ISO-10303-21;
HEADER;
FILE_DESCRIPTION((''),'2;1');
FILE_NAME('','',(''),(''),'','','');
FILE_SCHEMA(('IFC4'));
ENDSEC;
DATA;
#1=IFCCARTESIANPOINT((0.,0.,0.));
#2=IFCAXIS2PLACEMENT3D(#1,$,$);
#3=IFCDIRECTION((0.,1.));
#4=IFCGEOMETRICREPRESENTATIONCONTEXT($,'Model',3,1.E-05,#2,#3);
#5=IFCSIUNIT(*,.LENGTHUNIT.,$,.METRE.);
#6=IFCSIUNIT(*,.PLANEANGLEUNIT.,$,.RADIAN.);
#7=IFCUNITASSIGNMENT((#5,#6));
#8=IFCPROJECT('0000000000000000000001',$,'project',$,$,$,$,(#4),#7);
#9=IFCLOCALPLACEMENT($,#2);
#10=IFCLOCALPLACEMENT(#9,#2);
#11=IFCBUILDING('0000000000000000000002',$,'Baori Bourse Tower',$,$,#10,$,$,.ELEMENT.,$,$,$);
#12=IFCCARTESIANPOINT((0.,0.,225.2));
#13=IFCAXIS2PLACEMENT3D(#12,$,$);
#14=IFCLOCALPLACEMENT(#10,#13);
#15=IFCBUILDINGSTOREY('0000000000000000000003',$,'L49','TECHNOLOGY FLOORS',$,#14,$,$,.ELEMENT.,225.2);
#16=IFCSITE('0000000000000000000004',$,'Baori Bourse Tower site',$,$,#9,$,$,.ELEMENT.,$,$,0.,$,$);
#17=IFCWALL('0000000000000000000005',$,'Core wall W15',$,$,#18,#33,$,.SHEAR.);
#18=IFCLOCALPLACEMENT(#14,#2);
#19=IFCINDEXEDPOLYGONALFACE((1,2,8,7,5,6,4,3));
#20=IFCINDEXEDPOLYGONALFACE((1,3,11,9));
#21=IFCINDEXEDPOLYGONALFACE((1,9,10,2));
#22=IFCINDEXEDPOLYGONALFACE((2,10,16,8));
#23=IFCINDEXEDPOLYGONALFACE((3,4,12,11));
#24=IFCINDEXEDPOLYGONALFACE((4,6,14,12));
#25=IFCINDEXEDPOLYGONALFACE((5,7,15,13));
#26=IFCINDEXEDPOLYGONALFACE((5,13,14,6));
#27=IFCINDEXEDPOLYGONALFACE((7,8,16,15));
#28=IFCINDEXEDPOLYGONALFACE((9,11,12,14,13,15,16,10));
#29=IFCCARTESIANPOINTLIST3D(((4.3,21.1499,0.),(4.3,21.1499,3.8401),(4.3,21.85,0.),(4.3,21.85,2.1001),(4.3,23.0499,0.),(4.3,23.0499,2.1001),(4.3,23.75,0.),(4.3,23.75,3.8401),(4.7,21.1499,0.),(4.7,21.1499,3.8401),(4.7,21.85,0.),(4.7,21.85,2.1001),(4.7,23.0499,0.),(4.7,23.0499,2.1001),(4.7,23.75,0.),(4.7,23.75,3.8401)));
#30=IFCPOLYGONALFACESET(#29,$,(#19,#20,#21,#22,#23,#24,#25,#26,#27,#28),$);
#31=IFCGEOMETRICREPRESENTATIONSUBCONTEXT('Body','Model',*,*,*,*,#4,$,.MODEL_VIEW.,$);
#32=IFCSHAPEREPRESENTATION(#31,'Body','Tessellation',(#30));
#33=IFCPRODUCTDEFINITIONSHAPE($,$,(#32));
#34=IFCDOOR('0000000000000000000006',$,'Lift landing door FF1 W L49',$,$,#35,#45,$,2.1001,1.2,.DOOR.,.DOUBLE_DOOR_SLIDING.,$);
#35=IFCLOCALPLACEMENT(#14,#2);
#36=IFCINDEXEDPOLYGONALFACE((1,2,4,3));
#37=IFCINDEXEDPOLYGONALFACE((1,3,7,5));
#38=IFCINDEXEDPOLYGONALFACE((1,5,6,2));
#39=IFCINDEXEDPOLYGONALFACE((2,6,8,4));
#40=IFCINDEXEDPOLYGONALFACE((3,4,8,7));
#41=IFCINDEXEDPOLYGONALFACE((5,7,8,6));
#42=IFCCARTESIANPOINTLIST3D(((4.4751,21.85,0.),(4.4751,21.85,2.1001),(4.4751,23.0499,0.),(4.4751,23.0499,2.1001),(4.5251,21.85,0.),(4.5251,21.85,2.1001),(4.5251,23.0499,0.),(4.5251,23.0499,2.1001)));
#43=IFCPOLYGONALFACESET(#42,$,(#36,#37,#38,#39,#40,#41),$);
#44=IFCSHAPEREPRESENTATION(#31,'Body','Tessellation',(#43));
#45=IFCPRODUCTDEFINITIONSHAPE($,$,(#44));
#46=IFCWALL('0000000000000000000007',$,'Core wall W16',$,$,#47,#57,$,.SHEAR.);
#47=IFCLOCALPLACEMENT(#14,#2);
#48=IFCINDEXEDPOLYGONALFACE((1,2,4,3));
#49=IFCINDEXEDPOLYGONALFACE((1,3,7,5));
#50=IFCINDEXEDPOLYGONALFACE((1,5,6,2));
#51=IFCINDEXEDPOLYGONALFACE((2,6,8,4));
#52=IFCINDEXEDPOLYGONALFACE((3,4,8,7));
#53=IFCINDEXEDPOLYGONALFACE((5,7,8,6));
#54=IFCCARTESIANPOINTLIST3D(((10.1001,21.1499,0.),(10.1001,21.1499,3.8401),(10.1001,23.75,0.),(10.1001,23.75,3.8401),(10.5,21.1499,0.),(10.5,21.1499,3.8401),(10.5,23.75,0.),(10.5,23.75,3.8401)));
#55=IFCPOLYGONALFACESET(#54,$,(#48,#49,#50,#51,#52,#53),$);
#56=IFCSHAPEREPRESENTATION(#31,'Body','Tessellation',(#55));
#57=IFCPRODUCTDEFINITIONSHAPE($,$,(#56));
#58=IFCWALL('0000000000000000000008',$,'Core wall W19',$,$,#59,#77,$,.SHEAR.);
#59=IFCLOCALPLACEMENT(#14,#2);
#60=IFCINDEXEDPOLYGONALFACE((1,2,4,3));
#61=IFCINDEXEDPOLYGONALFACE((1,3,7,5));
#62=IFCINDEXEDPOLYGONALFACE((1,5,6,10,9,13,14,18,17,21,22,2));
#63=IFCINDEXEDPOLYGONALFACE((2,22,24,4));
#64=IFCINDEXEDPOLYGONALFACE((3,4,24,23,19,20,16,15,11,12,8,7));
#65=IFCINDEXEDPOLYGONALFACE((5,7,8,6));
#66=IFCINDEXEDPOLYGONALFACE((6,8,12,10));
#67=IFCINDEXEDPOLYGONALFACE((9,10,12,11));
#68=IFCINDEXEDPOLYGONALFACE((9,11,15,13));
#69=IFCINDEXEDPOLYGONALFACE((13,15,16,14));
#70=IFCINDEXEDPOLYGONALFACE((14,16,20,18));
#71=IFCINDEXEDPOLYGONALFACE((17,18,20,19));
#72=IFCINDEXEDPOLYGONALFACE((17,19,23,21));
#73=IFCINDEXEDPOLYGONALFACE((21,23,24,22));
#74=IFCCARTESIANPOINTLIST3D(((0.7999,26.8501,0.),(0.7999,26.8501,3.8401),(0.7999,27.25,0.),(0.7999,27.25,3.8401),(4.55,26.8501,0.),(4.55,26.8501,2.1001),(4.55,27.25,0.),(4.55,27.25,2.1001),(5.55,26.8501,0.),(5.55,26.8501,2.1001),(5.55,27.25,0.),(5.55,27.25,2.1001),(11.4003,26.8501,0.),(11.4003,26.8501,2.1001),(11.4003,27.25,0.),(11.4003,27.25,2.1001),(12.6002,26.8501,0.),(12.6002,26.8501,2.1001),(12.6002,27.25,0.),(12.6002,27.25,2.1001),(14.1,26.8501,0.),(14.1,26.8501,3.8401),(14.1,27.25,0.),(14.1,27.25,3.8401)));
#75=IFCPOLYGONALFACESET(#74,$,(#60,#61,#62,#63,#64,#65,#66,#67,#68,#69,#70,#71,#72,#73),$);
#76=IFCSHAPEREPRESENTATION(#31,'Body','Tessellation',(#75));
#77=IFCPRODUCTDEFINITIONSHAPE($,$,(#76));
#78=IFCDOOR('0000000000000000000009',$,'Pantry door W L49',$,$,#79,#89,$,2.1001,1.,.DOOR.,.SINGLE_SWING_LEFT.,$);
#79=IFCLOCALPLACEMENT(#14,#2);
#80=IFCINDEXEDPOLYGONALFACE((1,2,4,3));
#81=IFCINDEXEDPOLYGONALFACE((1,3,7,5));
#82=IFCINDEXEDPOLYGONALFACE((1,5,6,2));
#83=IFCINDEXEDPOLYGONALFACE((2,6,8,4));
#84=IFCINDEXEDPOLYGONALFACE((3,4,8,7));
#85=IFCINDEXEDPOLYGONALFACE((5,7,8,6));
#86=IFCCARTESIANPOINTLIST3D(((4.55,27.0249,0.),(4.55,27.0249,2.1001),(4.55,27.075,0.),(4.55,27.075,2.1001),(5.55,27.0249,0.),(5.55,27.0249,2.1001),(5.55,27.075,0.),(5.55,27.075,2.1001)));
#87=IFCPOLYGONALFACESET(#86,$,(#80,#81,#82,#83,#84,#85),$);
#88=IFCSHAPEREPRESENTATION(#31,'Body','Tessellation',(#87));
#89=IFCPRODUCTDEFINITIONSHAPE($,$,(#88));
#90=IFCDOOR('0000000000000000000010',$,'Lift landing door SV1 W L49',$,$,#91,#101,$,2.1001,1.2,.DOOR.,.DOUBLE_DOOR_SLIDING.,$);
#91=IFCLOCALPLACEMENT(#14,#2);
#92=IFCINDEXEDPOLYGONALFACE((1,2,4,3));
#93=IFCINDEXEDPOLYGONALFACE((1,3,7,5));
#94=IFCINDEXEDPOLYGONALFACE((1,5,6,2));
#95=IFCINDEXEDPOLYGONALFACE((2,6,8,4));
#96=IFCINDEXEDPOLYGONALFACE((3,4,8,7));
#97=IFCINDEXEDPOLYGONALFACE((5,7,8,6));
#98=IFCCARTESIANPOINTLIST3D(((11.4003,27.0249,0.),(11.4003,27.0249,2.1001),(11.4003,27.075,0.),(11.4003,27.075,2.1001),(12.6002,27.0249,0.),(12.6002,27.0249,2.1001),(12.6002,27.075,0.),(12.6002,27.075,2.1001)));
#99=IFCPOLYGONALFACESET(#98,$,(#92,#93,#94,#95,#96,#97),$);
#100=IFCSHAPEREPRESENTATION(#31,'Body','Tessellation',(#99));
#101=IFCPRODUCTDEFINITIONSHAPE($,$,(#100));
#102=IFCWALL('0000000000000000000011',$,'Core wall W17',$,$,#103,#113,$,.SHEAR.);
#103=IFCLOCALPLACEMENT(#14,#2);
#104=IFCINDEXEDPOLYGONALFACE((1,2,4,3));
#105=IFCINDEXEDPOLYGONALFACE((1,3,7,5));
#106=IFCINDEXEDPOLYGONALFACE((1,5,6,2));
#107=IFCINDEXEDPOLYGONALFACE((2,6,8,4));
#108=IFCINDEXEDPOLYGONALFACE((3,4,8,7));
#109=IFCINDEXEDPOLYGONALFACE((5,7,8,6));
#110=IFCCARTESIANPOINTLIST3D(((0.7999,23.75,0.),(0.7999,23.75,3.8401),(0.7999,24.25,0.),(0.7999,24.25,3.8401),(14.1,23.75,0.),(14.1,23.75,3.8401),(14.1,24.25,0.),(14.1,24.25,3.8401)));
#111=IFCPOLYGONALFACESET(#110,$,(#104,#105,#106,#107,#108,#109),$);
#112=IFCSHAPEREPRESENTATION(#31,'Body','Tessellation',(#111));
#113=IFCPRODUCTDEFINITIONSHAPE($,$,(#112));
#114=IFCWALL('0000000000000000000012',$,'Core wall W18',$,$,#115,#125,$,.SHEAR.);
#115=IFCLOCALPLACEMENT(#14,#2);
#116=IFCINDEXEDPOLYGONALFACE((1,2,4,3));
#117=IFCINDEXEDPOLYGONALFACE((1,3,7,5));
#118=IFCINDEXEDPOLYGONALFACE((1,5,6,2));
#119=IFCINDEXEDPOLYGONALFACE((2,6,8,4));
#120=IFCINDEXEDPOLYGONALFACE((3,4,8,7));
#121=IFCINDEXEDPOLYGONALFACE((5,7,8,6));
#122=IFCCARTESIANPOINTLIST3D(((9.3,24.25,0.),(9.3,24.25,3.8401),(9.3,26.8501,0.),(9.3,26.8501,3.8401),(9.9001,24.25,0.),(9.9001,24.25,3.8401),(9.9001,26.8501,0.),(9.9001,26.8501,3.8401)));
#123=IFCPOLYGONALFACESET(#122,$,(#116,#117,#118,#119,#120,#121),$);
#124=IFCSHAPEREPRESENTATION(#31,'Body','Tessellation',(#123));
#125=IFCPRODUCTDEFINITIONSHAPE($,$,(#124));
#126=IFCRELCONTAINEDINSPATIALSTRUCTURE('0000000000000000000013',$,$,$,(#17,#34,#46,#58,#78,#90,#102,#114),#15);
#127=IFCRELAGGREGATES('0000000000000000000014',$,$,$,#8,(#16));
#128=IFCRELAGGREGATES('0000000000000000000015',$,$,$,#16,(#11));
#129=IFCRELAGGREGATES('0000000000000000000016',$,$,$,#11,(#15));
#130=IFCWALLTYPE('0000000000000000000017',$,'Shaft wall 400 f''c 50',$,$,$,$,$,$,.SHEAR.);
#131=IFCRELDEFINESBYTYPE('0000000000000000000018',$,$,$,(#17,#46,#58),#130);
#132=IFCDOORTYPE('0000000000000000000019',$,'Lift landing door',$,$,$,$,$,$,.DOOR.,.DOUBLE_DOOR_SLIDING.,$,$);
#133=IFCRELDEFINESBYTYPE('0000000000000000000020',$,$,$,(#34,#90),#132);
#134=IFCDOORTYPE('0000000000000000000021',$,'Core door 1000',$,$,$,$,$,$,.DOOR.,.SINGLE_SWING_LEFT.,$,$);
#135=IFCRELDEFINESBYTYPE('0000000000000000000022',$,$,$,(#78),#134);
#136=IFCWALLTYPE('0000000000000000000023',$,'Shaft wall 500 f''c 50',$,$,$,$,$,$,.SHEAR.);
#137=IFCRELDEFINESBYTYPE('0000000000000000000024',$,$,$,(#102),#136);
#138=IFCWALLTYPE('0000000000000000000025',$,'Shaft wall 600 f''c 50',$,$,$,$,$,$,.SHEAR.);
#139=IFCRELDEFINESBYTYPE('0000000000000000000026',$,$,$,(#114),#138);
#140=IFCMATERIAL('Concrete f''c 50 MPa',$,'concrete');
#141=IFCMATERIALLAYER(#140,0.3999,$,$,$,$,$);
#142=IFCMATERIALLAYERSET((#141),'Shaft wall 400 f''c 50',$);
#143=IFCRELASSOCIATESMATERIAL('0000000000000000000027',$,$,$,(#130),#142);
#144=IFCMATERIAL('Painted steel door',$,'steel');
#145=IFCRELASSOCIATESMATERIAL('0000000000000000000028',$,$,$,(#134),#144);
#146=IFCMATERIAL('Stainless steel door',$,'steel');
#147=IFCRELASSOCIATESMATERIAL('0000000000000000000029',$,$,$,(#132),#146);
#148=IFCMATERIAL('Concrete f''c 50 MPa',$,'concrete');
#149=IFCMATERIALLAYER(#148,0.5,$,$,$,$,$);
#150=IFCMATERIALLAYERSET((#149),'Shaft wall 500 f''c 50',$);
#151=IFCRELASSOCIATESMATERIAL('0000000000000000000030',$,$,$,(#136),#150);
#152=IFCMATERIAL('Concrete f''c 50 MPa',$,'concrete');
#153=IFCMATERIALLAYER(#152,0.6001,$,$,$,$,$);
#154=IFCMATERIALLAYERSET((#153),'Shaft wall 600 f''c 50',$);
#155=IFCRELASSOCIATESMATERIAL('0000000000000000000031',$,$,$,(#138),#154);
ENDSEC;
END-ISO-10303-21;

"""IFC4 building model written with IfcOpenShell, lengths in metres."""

from ifc_helpers import new_model, si_unit, direction, frame, frame_2d, origin, place, context, subcontext, project, spatial, rectangle, extrude, material, layer, layer_set, type_object, element, fill, save


model = new_model("IFC4")

# Units and contexts
model_context = context("Model", 3, precision=1e-05, world=origin(), true_north=direction((0.0, 1.0)))
body_context = subcontext(model_context, "Body", "Model", "MODEL_VIEW")
ifc_project = project(units=[si_unit("LENGTHUNIT", "METRE"), si_unit("PLANEANGLEUNIT", "RADIAN")], contexts=[model_context])

# Site, building, storey
site_placement = place(None, origin())
site = spatial("IfcSite", under=ifc_project, at=site_placement, Name="Baori Bourse Tower site", CompositionType="ELEMENT", RefElevation=0.0)
building_placement = place(site_placement, origin())
building = spatial("IfcBuilding", under=site, at=building_placement, Name="Baori Bourse Tower", CompositionType="ELEMENT")
storey_placement = place(building_placement, frame((0.0, 0.0, 225.2)))
storey = spatial("IfcBuildingStorey", under=building, at=storey_placement, Name="L49", Description="TECHNOLOGY FLOORS", CompositionType="ELEMENT", Elevation=225.2)

# Shared definitions
ifc_material_1 = material(Name="Concrete f'c 50 MPa", Category="concrete")
ifc_layer_1 = layer(ifc_material_1, 0.3999)
ifc_layer_set_1 = layer_set([ifc_layer_1], Name="Shaft wall 400 f'c 50")
wall_type_1 = type_object("IfcWallType", Name="Shaft wall 400 f'c 50", PredefinedType="SHEAR", material=ifc_layer_set_1)
ifc_material_2 = material(Name="Painted steel door", Category="steel")
door_type_1 = type_object("IfcDoorType", Name="Core door 1000", OperationType="SINGLE_SWING_LEFT", PredefinedType="DOOR", material=ifc_material_2)

# Wall, opening, door
wall_1_placement = place(storey_placement, frame((4.5, 21.1499, 0.0), z_axis=(0.0, 0.0, 1.0), x_axis=(0.0, 1.0, 0.0)))
wall_1 = element("IfcWall", 1, at=wall_1_placement, inside=storey, type_object=wall_type_1, Name="Core wall W15", PredefinedType="SHEAR", context=body_context, shape_type="SweptSolid", body=[
    extrude(rectangle(XDim=2.6001, YDim=0.3999, at=frame_2d((1.3, 0.0))), origin(), (0.0, 0.0, 1.0), 3.8401),
])
opening_1_placement = place(wall_1_placement, frame((0.7, 0.0, 0.0)))
opening_1 = element("IfcOpeningElement", 2, at=opening_1_placement, cuts=wall_1, PredefinedType="OPENING", context=body_context, shape_type="SweptSolid", body=[
    extrude(rectangle(XDim=1.2, YDim=2.1001, at=frame_2d((0.6001, 1.05))), frame((0.0, 0.21, 0.0), z_axis=(0.0, -1.0, 0.0), x_axis=(1.0, 0.0, 0.0)), (0.0, 0.0, 1.0), 0.4199),
])
ifc_material_3 = material(Name="Stainless steel door", Category="steel")
door_type_2 = type_object("IfcDoorType", Name="Lift landing door", OperationType="DOUBLE_DOOR_SLIDING", PredefinedType="DOOR", material=ifc_material_3)
door_1_placement = place(opening_1_placement, origin())
door_1 = element("IfcDoor", 3, at=door_1_placement, inside=storey, type_object=door_type_2, Name="Lift landing door FF1 W L49", OperationType="DOUBLE_DOOR_SLIDING", OverallHeight=2.1001, OverallWidth=1.2, PredefinedType="DOOR", context=body_context, shape_type="SweptSolid", body=[
    extrude(rectangle(XDim=1.2, YDim=2.1001, at=frame_2d((0.6001, 1.05))), frame((0.0, 0.0249, 0.0), z_axis=(0.0, -1.0, 0.0), x_axis=(1.0, 0.0, 0.0)), (0.0, 0.0, 1.0), 0.05),
])
fill(opening_1, door_1)

# Wall
wall_2_placement = place(storey_placement, frame((10.3, 21.1499, 0.0), z_axis=(0.0, 0.0, 1.0), x_axis=(0.0, 1.0, 0.0)))
element("IfcWall", 4, at=wall_2_placement, inside=storey, type_object=wall_type_1, Name="Core wall W16", PredefinedType="SHEAR", context=body_context, shape_type="SweptSolid", body=[
    extrude(rectangle(XDim=2.6001, YDim=0.3999, at=frame_2d((1.3, 0.0))), origin(), (0.0, 0.0, 1.0), 3.8401),
])

# Wall, openings, doors
wall_3_placement = place(storey_placement, frame((0.8, 27.05, 0.0), z_axis=(0.0, 0.0, 1.0), x_axis=(1.0, 0.0, 0.0)))
wall_3 = element("IfcWall", 5, at=wall_3_placement, inside=storey, type_object=wall_type_1, Name="Core wall W19", PredefinedType="SHEAR", context=body_context, shape_type="SweptSolid", body=[
    extrude(rectangle(XDim=13.3, YDim=0.3999, at=frame_2d((6.6499, 0.0))), origin(), (0.0, 0.0, 1.0), 3.8401),
])
opening_2_placement = place(wall_3_placement, frame((3.75, 0.0, 0.0)))
opening_2 = element("IfcOpeningElement", 6, at=opening_2_placement, cuts=wall_3, PredefinedType="OPENING", context=body_context, shape_type="SweptSolid", body=[
    extrude(rectangle(XDim=1.0, YDim=2.1001, at=frame_2d((0.5, 1.05))), frame((0.0, 0.21, 0.0), z_axis=(0.0, -1.0, 0.0), x_axis=(1.0, 0.0, 0.0)), (0.0, 0.0, 1.0), 0.4199),
])
opening_3_placement = place(wall_3_placement, frame((10.6001, 0.0, 0.0)))
opening_3 = element("IfcOpeningElement", 7, at=opening_3_placement, cuts=wall_3, PredefinedType="OPENING", context=body_context, shape_type="SweptSolid", body=[
    extrude(rectangle(XDim=1.2, YDim=2.1001, at=frame_2d((0.6001, 1.05))), frame((0.0, 0.21, 0.0), z_axis=(0.0, -1.0, 0.0), x_axis=(1.0, 0.0, 0.0)), (0.0, 0.0, 1.0), 0.4199),
])
door_2_placement = place(opening_2_placement, origin())
door_2 = element("IfcDoor", 8, at=door_2_placement, inside=storey, type_object=door_type_1, Name="Pantry door W L49", OperationType="SINGLE_SWING_LEFT", OverallHeight=2.1001, OverallWidth=1.0, PredefinedType="DOOR", context=body_context, shape_type="SweptSolid", body=[
    extrude(rectangle(XDim=1.0, YDim=2.1001, at=frame_2d((0.5, 1.05))), frame((0.0, 0.0249, 0.0), z_axis=(0.0, -1.0, 0.0), x_axis=(1.0, 0.0, 0.0)), (0.0, 0.0, 1.0), 0.05),
])
fill(opening_2, door_2)
door_3_placement = place(opening_3_placement, origin())
door_3 = element("IfcDoor", 9, at=door_3_placement, inside=storey, type_object=door_type_2, Name="Lift landing door SV1 W L49", OperationType="DOUBLE_DOOR_SLIDING", OverallHeight=2.1001, OverallWidth=1.2, PredefinedType="DOOR", context=body_context, shape_type="SweptSolid", body=[
    extrude(rectangle(XDim=1.2, YDim=2.1001, at=frame_2d((0.6001, 1.05))), frame((0.0, 0.0249, 0.0), z_axis=(0.0, -1.0, 0.0), x_axis=(1.0, 0.0, 0.0)), (0.0, 0.0, 1.0), 0.05),
])
fill(opening_3, door_3)

# Walls
ifc_material_4 = material(Name="Concrete f'c 50 MPa", Category="concrete")
ifc_layer_2 = layer(ifc_material_4, 0.5)
ifc_layer_set_2 = layer_set([ifc_layer_2], Name="Shaft wall 500 f'c 50")
wall_type_2 = type_object("IfcWallType", Name="Shaft wall 500 f'c 50", PredefinedType="SHEAR", material=ifc_layer_set_2)
wall_4_placement = place(storey_placement, frame((0.8, 24.0, 0.0), z_axis=(0.0, 0.0, 1.0), x_axis=(1.0, 0.0, 0.0)))
element("IfcWall", 10, at=wall_4_placement, inside=storey, type_object=wall_type_2, Name="Core wall W17", PredefinedType="SHEAR", context=body_context, shape_type="SweptSolid", body=[
    extrude(rectangle(XDim=13.3, YDim=0.5, at=frame_2d((6.6499, 0.0))), origin(), (0.0, 0.0, 1.0), 3.8401),
])
ifc_material_5 = material(Name="Concrete f'c 50 MPa", Category="concrete")
ifc_layer_3 = layer(ifc_material_5, 0.6001)
ifc_layer_set_3 = layer_set([ifc_layer_3], Name="Shaft wall 600 f'c 50")
wall_type_3 = type_object("IfcWallType", Name="Shaft wall 600 f'c 50", PredefinedType="SHEAR", material=ifc_layer_set_3)
wall_5_placement = place(storey_placement, frame((9.6001, 24.25, 0.0), z_axis=(0.0, 0.0, 1.0), x_axis=(0.0, 1.0, 0.0)))
element("IfcWall", 11, at=wall_5_placement, inside=storey, type_object=wall_type_3, Name="Core wall W18", PredefinedType="SHEAR", context=body_context, shape_type="SweptSolid", body=[
    extrude(rectangle(XDim=2.6001, YDim=0.6001, at=frame_2d((1.3, 0.0))), origin(), (0.0, 0.0, 1.0), 3.8401),
])

save(model, "model.ifc")
